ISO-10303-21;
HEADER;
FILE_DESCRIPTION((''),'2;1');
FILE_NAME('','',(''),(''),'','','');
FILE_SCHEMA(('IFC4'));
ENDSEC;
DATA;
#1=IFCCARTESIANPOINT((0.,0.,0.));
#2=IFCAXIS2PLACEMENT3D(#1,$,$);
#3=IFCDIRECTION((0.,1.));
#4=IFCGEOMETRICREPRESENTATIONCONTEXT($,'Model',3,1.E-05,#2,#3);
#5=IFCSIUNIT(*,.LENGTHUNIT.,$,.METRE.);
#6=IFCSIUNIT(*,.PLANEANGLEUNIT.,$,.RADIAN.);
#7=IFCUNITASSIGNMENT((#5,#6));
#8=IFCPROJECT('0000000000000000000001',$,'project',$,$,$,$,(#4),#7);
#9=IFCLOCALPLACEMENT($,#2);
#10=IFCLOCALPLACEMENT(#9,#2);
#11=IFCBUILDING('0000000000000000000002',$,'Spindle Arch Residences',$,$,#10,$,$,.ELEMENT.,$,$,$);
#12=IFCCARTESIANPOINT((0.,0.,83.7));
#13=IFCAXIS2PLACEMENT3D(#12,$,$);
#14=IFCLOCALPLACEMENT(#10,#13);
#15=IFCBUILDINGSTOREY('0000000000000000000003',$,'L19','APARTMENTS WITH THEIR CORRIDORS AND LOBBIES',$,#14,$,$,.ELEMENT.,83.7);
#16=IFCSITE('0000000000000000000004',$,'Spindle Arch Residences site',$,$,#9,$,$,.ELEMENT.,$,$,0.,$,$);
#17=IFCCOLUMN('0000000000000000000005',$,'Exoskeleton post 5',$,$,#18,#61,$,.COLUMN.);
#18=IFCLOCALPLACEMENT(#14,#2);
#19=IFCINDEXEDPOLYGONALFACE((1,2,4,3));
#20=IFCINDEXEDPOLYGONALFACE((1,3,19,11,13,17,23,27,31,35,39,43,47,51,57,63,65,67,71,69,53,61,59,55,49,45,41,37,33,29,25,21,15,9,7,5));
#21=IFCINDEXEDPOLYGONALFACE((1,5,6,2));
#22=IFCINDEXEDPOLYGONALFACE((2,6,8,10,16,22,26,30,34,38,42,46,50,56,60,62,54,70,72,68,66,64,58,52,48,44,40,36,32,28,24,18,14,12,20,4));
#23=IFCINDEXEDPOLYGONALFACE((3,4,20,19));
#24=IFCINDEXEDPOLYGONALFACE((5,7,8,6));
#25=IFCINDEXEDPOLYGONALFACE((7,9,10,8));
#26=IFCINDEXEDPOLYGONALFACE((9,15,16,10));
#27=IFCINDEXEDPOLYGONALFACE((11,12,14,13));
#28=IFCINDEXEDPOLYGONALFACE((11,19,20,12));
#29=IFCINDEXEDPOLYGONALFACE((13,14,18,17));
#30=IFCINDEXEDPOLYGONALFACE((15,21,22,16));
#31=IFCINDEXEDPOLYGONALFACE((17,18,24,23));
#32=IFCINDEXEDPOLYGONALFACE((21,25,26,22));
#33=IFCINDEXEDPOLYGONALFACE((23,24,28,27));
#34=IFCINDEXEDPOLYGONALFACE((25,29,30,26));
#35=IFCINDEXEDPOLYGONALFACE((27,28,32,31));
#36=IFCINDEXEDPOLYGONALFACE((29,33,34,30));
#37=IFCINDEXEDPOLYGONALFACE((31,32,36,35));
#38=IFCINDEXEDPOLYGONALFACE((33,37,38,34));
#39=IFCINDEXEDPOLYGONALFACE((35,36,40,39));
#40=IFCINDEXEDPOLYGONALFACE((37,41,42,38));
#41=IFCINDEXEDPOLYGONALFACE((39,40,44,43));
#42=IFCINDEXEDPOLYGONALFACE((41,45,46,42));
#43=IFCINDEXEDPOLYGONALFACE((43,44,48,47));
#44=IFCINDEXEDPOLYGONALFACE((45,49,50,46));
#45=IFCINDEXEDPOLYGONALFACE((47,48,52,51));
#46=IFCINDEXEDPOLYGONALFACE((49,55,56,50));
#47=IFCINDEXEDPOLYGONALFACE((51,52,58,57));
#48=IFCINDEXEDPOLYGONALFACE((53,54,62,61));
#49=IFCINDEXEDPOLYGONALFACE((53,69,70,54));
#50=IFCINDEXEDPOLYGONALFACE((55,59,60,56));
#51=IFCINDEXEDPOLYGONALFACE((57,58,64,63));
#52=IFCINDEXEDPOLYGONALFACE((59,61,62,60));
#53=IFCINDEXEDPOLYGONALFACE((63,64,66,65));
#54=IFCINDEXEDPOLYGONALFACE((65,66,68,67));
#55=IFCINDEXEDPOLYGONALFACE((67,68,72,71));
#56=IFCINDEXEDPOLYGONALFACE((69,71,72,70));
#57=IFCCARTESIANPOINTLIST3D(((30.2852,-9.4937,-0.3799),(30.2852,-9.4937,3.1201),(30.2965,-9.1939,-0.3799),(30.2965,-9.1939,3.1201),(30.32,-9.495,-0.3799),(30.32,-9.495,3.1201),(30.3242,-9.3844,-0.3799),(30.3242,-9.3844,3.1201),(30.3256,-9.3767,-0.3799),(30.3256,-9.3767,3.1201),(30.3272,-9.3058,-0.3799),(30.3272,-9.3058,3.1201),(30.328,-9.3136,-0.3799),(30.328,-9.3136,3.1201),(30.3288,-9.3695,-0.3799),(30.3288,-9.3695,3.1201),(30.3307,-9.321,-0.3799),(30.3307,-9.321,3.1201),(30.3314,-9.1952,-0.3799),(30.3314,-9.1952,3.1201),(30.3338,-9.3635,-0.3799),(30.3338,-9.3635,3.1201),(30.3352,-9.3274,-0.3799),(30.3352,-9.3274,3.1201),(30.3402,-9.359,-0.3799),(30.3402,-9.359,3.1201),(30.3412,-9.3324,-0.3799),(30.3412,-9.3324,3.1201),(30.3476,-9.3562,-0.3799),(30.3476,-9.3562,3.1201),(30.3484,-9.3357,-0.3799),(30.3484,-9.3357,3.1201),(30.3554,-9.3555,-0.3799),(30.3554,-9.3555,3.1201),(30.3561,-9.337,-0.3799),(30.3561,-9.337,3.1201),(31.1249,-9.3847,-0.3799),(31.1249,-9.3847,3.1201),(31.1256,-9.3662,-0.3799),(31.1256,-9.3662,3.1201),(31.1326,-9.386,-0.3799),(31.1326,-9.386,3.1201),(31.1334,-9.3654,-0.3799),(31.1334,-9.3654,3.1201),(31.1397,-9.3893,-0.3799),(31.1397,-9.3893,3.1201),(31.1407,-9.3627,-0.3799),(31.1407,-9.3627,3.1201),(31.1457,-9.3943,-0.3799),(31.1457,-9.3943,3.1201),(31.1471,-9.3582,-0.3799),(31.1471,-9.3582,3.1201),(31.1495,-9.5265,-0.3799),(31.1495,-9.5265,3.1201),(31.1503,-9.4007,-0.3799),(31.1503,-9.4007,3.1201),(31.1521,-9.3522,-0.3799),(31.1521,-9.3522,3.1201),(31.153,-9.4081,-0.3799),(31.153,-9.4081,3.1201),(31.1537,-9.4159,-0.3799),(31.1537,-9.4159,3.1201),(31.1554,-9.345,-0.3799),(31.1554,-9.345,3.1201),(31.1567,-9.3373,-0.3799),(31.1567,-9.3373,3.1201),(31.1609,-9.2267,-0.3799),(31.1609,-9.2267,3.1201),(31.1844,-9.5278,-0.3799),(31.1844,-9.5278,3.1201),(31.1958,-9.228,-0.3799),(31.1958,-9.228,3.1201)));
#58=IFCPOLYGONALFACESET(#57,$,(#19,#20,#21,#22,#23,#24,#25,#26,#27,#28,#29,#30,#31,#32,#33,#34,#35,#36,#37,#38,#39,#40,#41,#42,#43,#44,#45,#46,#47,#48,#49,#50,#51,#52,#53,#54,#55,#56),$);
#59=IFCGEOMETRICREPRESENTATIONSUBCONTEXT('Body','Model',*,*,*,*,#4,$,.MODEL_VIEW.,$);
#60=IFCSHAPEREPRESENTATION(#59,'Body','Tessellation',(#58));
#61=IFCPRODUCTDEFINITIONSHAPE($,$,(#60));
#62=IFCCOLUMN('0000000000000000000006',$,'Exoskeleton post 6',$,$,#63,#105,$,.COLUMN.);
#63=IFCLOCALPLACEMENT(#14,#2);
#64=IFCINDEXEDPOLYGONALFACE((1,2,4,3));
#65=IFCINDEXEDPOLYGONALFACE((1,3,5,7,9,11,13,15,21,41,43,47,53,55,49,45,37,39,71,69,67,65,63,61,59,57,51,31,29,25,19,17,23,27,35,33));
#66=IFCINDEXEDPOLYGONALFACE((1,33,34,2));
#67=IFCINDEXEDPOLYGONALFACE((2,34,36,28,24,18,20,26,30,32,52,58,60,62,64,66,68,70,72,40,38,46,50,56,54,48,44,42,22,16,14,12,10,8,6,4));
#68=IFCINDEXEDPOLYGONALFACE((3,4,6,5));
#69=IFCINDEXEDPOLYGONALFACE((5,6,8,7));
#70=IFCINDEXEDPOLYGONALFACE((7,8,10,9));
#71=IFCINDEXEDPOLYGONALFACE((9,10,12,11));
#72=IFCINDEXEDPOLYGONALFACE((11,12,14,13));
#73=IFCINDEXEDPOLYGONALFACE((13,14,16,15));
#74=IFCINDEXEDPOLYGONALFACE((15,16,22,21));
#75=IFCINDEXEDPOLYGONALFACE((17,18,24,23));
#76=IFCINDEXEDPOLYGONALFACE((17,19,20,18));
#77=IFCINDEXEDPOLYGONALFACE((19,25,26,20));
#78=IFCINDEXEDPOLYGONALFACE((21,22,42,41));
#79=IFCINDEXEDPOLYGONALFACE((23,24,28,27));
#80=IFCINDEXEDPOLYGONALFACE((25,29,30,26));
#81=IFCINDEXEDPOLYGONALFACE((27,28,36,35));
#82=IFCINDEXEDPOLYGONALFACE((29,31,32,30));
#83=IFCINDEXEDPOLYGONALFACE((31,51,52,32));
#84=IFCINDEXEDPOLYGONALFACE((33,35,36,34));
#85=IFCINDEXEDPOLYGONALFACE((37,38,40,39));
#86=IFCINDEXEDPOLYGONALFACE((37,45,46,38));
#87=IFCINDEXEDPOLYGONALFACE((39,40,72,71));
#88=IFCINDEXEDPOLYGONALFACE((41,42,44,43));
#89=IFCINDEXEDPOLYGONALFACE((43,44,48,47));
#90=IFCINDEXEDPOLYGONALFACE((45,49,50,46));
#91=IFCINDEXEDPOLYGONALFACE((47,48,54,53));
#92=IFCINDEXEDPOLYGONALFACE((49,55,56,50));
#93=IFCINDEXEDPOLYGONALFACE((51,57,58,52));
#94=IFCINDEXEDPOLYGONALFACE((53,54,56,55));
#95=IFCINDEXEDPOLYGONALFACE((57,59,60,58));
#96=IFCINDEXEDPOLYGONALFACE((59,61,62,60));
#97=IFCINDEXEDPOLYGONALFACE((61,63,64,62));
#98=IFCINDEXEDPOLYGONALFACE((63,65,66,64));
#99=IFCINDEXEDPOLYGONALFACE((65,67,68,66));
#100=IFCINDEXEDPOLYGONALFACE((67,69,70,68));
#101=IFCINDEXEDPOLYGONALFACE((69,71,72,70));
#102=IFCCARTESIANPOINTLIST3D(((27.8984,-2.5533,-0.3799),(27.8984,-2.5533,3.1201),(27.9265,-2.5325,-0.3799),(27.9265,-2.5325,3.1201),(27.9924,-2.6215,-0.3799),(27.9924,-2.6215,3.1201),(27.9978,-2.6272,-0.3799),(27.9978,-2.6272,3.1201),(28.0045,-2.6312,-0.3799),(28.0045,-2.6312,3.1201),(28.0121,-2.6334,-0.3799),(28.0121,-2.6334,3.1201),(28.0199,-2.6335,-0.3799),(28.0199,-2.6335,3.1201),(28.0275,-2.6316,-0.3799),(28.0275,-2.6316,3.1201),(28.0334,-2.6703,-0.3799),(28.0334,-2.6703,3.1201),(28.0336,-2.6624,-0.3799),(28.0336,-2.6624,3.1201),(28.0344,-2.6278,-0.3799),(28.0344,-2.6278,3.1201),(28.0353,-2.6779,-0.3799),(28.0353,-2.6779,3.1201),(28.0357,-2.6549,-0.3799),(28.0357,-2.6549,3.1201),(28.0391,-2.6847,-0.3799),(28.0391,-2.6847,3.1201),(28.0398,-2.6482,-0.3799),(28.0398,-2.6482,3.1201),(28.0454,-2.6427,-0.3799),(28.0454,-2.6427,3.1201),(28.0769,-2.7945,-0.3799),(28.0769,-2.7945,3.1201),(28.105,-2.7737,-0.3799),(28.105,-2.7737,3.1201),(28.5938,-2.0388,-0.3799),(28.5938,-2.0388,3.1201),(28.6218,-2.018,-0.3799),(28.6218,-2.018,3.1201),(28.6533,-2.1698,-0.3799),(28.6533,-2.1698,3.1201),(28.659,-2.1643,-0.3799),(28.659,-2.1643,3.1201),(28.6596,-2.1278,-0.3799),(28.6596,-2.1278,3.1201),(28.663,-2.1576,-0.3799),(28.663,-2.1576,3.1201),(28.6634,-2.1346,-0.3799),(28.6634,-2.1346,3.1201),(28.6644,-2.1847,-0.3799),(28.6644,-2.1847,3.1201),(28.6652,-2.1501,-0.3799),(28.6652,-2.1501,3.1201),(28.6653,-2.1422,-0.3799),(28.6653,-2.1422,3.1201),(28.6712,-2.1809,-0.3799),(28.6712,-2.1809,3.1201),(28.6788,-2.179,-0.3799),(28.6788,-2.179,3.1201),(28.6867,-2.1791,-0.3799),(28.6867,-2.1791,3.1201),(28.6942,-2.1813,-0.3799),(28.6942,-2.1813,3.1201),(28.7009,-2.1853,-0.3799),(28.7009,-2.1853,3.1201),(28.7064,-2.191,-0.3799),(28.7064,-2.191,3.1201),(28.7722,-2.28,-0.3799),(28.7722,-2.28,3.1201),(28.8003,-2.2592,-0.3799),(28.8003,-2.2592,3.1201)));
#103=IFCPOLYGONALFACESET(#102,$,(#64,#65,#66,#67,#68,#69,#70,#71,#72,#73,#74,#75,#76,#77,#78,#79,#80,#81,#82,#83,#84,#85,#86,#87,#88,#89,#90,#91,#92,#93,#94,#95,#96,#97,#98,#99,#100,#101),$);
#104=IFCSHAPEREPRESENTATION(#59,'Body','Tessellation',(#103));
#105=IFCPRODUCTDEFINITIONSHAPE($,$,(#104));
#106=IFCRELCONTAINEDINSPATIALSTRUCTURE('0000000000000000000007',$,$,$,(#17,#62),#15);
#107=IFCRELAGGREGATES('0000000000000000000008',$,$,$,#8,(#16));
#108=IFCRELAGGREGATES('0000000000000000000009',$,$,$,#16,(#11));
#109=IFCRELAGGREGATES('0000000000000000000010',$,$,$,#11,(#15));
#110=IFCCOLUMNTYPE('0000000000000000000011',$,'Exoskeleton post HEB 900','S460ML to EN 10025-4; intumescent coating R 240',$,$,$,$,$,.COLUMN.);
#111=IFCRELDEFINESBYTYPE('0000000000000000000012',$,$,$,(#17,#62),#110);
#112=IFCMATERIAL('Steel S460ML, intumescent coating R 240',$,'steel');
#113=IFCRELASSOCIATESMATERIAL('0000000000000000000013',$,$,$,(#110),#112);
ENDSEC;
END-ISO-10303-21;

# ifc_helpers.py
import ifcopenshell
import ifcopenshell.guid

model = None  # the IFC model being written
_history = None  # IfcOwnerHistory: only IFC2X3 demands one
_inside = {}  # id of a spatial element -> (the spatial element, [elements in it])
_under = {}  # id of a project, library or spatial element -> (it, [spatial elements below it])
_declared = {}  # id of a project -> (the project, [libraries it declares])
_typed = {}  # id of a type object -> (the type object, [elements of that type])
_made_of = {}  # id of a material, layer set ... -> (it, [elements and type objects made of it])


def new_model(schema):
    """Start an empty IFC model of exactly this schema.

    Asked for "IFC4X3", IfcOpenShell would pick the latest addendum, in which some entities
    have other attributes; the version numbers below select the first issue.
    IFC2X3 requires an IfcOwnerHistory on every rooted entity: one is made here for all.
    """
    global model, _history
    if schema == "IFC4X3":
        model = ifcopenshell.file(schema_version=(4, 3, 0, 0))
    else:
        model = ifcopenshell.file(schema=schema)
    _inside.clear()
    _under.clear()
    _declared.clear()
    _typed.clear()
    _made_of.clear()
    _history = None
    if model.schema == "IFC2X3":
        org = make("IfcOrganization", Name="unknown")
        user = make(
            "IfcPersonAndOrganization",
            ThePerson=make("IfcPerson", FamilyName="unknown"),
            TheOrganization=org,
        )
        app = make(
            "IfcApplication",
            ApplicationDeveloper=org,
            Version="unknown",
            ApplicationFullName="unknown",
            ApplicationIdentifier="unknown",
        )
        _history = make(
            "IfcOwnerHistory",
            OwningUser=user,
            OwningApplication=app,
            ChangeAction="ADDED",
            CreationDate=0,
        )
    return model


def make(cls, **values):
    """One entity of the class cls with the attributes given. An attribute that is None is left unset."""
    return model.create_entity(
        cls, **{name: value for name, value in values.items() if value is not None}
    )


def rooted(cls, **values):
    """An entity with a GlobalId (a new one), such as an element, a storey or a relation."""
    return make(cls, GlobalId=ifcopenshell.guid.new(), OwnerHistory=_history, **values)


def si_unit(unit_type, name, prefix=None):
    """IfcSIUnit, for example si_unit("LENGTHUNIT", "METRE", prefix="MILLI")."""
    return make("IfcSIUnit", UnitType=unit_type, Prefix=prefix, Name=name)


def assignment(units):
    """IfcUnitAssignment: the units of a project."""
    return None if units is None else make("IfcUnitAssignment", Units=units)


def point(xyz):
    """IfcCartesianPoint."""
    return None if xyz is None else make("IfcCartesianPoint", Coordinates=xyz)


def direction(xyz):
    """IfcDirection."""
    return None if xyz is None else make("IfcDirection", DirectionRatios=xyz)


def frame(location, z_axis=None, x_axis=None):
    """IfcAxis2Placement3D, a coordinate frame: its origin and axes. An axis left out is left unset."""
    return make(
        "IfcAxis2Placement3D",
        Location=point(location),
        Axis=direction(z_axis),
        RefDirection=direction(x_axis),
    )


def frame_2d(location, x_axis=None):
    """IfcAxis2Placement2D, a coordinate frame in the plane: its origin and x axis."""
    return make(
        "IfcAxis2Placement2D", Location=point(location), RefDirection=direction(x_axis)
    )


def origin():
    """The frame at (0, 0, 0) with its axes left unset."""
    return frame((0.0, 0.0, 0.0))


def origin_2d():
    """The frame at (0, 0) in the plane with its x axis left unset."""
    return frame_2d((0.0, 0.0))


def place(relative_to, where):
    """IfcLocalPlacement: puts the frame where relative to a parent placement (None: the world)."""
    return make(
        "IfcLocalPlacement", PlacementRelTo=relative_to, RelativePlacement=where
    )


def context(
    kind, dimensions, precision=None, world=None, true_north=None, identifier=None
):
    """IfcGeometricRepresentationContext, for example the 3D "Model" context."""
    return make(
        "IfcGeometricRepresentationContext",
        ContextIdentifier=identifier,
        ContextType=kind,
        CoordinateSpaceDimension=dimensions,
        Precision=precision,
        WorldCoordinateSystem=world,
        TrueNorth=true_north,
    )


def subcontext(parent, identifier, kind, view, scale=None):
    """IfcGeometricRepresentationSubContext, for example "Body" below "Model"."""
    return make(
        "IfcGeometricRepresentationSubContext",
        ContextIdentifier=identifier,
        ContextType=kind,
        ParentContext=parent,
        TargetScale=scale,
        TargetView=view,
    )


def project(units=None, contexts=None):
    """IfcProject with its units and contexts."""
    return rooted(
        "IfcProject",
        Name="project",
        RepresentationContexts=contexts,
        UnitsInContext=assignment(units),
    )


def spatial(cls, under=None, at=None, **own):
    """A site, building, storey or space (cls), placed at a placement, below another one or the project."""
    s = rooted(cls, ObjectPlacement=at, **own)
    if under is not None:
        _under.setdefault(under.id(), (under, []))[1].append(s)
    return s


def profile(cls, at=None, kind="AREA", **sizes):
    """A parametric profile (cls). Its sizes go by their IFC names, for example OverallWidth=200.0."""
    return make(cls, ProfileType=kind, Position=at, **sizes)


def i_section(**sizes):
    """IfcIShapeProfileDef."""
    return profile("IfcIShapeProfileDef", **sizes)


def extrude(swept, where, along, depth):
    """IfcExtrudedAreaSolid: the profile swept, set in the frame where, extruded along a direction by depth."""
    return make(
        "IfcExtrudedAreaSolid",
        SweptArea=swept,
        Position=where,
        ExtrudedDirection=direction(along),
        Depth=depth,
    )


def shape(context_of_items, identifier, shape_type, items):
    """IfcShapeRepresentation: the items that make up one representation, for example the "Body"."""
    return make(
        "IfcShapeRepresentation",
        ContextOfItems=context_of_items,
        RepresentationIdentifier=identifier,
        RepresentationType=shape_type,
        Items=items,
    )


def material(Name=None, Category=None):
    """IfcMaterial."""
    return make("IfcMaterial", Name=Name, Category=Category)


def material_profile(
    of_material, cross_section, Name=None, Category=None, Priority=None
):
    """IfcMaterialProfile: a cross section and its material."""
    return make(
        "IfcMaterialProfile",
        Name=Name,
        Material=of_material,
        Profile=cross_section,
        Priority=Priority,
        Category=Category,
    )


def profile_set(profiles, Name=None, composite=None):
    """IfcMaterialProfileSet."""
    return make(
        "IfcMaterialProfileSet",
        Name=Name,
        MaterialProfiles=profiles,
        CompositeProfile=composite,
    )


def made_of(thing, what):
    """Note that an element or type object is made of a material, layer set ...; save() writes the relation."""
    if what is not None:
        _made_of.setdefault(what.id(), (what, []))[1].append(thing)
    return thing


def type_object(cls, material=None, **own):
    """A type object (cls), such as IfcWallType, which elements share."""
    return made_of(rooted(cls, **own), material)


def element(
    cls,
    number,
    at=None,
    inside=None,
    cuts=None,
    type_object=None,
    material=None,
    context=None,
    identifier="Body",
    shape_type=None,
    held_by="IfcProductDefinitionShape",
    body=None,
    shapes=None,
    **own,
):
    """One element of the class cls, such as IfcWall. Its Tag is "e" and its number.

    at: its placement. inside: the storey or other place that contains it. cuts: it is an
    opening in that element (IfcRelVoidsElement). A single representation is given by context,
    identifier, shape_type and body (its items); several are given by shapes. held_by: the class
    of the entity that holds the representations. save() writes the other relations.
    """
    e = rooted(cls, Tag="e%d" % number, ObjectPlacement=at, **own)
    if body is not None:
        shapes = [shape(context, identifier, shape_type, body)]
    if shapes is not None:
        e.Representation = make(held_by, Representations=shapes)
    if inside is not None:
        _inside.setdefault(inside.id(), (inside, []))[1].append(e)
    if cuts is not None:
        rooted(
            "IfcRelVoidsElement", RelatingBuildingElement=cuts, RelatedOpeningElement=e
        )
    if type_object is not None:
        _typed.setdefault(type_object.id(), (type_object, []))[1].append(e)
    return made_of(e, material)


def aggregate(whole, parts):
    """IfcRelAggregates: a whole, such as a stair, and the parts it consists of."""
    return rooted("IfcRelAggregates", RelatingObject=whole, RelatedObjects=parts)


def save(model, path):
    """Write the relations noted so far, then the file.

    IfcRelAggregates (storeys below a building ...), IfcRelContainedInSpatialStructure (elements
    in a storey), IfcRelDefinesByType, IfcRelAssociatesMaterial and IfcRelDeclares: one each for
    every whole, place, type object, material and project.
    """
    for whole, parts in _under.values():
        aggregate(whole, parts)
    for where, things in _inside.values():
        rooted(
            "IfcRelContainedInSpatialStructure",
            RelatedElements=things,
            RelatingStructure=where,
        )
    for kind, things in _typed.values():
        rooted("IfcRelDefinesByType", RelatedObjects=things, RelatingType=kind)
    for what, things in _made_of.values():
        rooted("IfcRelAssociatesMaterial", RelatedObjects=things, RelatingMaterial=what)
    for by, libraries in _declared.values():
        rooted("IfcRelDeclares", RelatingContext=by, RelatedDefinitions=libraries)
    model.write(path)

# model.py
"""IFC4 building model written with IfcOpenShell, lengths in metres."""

from ifc_helpers import new_model, si_unit, direction, frame, origin, origin_2d, place, context, subcontext, project, spatial, i_section, extrude, material, material_profile, profile_set, type_object, element, save


model = new_model("IFC4")

# Units and contexts
model_context = context("Model", 3, precision=1e-05, world=origin(), true_north=direction((0.0, 1.0)))
body_context = subcontext(model_context, "Body", "Model", "MODEL_VIEW")
ifc_project = project(units=[si_unit("LENGTHUNIT", "METRE"), si_unit("PLANEANGLEUNIT", "RADIAN")], contexts=[model_context])

# Site, building, storey
site_placement = place(None, origin())
site = spatial("IfcSite", under=ifc_project, at=site_placement, Name="Spindle Arch Residences site", CompositionType="ELEMENT", RefElevation=0.0)
building_placement = place(site_placement, origin())
building = spatial("IfcBuilding", under=site, at=building_placement, Name="Spindle Arch Residences", CompositionType="ELEMENT")
storey_placement = place(building_placement, frame((0.0, 0.0, 83.7)))
storey = spatial("IfcBuildingStorey", under=building, at=storey_placement, Name="L19", Description="APARTMENTS WITH THEIR CORRIDORS AND LOBBIES", CompositionType="ELEMENT", Elevation=83.7)

# Columns
ifc_material_1 = material(Name="Steel S460ML, intumescent coating R 240", Category="steel")
ifc_material_profile_1 = material_profile(ifc_material_1, i_section(OverallWidth=0.3, OverallDepth=0.8999, WebThickness=0.0186, FlangeThickness=0.0349, FilletRadius=0.03, at=origin_2d()), Name="HEB 900")
ifc_profile_set_1 = profile_set([ifc_material_profile_1], Name="Steel S460ML, intumescent coating R 240")
column_type_1 = type_object("IfcColumnType", Name="Exoskeleton post HEB 900", Description="S460ML to EN 10025-4; intumescent coating R 240", PredefinedType="COLUMN", material=ifc_profile_set_1)
for number, where, z_axis, x_axis, name in (
    (1, (30.7405, -9.3608, -0.3799), (0.0, 0.0, 1.0), (-0.037924, -0.999281, 0.0), "Exoskeleton post 5"),
    (2, (28.3494, -2.4062, -0.3799), (0.0, 0.0, 1.0), (0.594823, -0.803857, 0.0), "Exoskeleton post 6"),
):
    element("IfcColumn", number, at=place(storey_placement, frame(where, z_axis=z_axis, x_axis=x_axis)), inside=storey, type_object=column_type_1, Name=name, PredefinedType="COLUMN", context=body_context, shape_type="SweptSolid", body=[
        extrude(i_section(OverallWidth=0.3, OverallDepth=0.8999, WebThickness=0.0186, FlangeThickness=0.0349, FilletRadius=0.03, at=origin_2d()), origin(), (0.0, 0.0, 1.0), 3.5),
    ])

save(model, "model.ifc")
